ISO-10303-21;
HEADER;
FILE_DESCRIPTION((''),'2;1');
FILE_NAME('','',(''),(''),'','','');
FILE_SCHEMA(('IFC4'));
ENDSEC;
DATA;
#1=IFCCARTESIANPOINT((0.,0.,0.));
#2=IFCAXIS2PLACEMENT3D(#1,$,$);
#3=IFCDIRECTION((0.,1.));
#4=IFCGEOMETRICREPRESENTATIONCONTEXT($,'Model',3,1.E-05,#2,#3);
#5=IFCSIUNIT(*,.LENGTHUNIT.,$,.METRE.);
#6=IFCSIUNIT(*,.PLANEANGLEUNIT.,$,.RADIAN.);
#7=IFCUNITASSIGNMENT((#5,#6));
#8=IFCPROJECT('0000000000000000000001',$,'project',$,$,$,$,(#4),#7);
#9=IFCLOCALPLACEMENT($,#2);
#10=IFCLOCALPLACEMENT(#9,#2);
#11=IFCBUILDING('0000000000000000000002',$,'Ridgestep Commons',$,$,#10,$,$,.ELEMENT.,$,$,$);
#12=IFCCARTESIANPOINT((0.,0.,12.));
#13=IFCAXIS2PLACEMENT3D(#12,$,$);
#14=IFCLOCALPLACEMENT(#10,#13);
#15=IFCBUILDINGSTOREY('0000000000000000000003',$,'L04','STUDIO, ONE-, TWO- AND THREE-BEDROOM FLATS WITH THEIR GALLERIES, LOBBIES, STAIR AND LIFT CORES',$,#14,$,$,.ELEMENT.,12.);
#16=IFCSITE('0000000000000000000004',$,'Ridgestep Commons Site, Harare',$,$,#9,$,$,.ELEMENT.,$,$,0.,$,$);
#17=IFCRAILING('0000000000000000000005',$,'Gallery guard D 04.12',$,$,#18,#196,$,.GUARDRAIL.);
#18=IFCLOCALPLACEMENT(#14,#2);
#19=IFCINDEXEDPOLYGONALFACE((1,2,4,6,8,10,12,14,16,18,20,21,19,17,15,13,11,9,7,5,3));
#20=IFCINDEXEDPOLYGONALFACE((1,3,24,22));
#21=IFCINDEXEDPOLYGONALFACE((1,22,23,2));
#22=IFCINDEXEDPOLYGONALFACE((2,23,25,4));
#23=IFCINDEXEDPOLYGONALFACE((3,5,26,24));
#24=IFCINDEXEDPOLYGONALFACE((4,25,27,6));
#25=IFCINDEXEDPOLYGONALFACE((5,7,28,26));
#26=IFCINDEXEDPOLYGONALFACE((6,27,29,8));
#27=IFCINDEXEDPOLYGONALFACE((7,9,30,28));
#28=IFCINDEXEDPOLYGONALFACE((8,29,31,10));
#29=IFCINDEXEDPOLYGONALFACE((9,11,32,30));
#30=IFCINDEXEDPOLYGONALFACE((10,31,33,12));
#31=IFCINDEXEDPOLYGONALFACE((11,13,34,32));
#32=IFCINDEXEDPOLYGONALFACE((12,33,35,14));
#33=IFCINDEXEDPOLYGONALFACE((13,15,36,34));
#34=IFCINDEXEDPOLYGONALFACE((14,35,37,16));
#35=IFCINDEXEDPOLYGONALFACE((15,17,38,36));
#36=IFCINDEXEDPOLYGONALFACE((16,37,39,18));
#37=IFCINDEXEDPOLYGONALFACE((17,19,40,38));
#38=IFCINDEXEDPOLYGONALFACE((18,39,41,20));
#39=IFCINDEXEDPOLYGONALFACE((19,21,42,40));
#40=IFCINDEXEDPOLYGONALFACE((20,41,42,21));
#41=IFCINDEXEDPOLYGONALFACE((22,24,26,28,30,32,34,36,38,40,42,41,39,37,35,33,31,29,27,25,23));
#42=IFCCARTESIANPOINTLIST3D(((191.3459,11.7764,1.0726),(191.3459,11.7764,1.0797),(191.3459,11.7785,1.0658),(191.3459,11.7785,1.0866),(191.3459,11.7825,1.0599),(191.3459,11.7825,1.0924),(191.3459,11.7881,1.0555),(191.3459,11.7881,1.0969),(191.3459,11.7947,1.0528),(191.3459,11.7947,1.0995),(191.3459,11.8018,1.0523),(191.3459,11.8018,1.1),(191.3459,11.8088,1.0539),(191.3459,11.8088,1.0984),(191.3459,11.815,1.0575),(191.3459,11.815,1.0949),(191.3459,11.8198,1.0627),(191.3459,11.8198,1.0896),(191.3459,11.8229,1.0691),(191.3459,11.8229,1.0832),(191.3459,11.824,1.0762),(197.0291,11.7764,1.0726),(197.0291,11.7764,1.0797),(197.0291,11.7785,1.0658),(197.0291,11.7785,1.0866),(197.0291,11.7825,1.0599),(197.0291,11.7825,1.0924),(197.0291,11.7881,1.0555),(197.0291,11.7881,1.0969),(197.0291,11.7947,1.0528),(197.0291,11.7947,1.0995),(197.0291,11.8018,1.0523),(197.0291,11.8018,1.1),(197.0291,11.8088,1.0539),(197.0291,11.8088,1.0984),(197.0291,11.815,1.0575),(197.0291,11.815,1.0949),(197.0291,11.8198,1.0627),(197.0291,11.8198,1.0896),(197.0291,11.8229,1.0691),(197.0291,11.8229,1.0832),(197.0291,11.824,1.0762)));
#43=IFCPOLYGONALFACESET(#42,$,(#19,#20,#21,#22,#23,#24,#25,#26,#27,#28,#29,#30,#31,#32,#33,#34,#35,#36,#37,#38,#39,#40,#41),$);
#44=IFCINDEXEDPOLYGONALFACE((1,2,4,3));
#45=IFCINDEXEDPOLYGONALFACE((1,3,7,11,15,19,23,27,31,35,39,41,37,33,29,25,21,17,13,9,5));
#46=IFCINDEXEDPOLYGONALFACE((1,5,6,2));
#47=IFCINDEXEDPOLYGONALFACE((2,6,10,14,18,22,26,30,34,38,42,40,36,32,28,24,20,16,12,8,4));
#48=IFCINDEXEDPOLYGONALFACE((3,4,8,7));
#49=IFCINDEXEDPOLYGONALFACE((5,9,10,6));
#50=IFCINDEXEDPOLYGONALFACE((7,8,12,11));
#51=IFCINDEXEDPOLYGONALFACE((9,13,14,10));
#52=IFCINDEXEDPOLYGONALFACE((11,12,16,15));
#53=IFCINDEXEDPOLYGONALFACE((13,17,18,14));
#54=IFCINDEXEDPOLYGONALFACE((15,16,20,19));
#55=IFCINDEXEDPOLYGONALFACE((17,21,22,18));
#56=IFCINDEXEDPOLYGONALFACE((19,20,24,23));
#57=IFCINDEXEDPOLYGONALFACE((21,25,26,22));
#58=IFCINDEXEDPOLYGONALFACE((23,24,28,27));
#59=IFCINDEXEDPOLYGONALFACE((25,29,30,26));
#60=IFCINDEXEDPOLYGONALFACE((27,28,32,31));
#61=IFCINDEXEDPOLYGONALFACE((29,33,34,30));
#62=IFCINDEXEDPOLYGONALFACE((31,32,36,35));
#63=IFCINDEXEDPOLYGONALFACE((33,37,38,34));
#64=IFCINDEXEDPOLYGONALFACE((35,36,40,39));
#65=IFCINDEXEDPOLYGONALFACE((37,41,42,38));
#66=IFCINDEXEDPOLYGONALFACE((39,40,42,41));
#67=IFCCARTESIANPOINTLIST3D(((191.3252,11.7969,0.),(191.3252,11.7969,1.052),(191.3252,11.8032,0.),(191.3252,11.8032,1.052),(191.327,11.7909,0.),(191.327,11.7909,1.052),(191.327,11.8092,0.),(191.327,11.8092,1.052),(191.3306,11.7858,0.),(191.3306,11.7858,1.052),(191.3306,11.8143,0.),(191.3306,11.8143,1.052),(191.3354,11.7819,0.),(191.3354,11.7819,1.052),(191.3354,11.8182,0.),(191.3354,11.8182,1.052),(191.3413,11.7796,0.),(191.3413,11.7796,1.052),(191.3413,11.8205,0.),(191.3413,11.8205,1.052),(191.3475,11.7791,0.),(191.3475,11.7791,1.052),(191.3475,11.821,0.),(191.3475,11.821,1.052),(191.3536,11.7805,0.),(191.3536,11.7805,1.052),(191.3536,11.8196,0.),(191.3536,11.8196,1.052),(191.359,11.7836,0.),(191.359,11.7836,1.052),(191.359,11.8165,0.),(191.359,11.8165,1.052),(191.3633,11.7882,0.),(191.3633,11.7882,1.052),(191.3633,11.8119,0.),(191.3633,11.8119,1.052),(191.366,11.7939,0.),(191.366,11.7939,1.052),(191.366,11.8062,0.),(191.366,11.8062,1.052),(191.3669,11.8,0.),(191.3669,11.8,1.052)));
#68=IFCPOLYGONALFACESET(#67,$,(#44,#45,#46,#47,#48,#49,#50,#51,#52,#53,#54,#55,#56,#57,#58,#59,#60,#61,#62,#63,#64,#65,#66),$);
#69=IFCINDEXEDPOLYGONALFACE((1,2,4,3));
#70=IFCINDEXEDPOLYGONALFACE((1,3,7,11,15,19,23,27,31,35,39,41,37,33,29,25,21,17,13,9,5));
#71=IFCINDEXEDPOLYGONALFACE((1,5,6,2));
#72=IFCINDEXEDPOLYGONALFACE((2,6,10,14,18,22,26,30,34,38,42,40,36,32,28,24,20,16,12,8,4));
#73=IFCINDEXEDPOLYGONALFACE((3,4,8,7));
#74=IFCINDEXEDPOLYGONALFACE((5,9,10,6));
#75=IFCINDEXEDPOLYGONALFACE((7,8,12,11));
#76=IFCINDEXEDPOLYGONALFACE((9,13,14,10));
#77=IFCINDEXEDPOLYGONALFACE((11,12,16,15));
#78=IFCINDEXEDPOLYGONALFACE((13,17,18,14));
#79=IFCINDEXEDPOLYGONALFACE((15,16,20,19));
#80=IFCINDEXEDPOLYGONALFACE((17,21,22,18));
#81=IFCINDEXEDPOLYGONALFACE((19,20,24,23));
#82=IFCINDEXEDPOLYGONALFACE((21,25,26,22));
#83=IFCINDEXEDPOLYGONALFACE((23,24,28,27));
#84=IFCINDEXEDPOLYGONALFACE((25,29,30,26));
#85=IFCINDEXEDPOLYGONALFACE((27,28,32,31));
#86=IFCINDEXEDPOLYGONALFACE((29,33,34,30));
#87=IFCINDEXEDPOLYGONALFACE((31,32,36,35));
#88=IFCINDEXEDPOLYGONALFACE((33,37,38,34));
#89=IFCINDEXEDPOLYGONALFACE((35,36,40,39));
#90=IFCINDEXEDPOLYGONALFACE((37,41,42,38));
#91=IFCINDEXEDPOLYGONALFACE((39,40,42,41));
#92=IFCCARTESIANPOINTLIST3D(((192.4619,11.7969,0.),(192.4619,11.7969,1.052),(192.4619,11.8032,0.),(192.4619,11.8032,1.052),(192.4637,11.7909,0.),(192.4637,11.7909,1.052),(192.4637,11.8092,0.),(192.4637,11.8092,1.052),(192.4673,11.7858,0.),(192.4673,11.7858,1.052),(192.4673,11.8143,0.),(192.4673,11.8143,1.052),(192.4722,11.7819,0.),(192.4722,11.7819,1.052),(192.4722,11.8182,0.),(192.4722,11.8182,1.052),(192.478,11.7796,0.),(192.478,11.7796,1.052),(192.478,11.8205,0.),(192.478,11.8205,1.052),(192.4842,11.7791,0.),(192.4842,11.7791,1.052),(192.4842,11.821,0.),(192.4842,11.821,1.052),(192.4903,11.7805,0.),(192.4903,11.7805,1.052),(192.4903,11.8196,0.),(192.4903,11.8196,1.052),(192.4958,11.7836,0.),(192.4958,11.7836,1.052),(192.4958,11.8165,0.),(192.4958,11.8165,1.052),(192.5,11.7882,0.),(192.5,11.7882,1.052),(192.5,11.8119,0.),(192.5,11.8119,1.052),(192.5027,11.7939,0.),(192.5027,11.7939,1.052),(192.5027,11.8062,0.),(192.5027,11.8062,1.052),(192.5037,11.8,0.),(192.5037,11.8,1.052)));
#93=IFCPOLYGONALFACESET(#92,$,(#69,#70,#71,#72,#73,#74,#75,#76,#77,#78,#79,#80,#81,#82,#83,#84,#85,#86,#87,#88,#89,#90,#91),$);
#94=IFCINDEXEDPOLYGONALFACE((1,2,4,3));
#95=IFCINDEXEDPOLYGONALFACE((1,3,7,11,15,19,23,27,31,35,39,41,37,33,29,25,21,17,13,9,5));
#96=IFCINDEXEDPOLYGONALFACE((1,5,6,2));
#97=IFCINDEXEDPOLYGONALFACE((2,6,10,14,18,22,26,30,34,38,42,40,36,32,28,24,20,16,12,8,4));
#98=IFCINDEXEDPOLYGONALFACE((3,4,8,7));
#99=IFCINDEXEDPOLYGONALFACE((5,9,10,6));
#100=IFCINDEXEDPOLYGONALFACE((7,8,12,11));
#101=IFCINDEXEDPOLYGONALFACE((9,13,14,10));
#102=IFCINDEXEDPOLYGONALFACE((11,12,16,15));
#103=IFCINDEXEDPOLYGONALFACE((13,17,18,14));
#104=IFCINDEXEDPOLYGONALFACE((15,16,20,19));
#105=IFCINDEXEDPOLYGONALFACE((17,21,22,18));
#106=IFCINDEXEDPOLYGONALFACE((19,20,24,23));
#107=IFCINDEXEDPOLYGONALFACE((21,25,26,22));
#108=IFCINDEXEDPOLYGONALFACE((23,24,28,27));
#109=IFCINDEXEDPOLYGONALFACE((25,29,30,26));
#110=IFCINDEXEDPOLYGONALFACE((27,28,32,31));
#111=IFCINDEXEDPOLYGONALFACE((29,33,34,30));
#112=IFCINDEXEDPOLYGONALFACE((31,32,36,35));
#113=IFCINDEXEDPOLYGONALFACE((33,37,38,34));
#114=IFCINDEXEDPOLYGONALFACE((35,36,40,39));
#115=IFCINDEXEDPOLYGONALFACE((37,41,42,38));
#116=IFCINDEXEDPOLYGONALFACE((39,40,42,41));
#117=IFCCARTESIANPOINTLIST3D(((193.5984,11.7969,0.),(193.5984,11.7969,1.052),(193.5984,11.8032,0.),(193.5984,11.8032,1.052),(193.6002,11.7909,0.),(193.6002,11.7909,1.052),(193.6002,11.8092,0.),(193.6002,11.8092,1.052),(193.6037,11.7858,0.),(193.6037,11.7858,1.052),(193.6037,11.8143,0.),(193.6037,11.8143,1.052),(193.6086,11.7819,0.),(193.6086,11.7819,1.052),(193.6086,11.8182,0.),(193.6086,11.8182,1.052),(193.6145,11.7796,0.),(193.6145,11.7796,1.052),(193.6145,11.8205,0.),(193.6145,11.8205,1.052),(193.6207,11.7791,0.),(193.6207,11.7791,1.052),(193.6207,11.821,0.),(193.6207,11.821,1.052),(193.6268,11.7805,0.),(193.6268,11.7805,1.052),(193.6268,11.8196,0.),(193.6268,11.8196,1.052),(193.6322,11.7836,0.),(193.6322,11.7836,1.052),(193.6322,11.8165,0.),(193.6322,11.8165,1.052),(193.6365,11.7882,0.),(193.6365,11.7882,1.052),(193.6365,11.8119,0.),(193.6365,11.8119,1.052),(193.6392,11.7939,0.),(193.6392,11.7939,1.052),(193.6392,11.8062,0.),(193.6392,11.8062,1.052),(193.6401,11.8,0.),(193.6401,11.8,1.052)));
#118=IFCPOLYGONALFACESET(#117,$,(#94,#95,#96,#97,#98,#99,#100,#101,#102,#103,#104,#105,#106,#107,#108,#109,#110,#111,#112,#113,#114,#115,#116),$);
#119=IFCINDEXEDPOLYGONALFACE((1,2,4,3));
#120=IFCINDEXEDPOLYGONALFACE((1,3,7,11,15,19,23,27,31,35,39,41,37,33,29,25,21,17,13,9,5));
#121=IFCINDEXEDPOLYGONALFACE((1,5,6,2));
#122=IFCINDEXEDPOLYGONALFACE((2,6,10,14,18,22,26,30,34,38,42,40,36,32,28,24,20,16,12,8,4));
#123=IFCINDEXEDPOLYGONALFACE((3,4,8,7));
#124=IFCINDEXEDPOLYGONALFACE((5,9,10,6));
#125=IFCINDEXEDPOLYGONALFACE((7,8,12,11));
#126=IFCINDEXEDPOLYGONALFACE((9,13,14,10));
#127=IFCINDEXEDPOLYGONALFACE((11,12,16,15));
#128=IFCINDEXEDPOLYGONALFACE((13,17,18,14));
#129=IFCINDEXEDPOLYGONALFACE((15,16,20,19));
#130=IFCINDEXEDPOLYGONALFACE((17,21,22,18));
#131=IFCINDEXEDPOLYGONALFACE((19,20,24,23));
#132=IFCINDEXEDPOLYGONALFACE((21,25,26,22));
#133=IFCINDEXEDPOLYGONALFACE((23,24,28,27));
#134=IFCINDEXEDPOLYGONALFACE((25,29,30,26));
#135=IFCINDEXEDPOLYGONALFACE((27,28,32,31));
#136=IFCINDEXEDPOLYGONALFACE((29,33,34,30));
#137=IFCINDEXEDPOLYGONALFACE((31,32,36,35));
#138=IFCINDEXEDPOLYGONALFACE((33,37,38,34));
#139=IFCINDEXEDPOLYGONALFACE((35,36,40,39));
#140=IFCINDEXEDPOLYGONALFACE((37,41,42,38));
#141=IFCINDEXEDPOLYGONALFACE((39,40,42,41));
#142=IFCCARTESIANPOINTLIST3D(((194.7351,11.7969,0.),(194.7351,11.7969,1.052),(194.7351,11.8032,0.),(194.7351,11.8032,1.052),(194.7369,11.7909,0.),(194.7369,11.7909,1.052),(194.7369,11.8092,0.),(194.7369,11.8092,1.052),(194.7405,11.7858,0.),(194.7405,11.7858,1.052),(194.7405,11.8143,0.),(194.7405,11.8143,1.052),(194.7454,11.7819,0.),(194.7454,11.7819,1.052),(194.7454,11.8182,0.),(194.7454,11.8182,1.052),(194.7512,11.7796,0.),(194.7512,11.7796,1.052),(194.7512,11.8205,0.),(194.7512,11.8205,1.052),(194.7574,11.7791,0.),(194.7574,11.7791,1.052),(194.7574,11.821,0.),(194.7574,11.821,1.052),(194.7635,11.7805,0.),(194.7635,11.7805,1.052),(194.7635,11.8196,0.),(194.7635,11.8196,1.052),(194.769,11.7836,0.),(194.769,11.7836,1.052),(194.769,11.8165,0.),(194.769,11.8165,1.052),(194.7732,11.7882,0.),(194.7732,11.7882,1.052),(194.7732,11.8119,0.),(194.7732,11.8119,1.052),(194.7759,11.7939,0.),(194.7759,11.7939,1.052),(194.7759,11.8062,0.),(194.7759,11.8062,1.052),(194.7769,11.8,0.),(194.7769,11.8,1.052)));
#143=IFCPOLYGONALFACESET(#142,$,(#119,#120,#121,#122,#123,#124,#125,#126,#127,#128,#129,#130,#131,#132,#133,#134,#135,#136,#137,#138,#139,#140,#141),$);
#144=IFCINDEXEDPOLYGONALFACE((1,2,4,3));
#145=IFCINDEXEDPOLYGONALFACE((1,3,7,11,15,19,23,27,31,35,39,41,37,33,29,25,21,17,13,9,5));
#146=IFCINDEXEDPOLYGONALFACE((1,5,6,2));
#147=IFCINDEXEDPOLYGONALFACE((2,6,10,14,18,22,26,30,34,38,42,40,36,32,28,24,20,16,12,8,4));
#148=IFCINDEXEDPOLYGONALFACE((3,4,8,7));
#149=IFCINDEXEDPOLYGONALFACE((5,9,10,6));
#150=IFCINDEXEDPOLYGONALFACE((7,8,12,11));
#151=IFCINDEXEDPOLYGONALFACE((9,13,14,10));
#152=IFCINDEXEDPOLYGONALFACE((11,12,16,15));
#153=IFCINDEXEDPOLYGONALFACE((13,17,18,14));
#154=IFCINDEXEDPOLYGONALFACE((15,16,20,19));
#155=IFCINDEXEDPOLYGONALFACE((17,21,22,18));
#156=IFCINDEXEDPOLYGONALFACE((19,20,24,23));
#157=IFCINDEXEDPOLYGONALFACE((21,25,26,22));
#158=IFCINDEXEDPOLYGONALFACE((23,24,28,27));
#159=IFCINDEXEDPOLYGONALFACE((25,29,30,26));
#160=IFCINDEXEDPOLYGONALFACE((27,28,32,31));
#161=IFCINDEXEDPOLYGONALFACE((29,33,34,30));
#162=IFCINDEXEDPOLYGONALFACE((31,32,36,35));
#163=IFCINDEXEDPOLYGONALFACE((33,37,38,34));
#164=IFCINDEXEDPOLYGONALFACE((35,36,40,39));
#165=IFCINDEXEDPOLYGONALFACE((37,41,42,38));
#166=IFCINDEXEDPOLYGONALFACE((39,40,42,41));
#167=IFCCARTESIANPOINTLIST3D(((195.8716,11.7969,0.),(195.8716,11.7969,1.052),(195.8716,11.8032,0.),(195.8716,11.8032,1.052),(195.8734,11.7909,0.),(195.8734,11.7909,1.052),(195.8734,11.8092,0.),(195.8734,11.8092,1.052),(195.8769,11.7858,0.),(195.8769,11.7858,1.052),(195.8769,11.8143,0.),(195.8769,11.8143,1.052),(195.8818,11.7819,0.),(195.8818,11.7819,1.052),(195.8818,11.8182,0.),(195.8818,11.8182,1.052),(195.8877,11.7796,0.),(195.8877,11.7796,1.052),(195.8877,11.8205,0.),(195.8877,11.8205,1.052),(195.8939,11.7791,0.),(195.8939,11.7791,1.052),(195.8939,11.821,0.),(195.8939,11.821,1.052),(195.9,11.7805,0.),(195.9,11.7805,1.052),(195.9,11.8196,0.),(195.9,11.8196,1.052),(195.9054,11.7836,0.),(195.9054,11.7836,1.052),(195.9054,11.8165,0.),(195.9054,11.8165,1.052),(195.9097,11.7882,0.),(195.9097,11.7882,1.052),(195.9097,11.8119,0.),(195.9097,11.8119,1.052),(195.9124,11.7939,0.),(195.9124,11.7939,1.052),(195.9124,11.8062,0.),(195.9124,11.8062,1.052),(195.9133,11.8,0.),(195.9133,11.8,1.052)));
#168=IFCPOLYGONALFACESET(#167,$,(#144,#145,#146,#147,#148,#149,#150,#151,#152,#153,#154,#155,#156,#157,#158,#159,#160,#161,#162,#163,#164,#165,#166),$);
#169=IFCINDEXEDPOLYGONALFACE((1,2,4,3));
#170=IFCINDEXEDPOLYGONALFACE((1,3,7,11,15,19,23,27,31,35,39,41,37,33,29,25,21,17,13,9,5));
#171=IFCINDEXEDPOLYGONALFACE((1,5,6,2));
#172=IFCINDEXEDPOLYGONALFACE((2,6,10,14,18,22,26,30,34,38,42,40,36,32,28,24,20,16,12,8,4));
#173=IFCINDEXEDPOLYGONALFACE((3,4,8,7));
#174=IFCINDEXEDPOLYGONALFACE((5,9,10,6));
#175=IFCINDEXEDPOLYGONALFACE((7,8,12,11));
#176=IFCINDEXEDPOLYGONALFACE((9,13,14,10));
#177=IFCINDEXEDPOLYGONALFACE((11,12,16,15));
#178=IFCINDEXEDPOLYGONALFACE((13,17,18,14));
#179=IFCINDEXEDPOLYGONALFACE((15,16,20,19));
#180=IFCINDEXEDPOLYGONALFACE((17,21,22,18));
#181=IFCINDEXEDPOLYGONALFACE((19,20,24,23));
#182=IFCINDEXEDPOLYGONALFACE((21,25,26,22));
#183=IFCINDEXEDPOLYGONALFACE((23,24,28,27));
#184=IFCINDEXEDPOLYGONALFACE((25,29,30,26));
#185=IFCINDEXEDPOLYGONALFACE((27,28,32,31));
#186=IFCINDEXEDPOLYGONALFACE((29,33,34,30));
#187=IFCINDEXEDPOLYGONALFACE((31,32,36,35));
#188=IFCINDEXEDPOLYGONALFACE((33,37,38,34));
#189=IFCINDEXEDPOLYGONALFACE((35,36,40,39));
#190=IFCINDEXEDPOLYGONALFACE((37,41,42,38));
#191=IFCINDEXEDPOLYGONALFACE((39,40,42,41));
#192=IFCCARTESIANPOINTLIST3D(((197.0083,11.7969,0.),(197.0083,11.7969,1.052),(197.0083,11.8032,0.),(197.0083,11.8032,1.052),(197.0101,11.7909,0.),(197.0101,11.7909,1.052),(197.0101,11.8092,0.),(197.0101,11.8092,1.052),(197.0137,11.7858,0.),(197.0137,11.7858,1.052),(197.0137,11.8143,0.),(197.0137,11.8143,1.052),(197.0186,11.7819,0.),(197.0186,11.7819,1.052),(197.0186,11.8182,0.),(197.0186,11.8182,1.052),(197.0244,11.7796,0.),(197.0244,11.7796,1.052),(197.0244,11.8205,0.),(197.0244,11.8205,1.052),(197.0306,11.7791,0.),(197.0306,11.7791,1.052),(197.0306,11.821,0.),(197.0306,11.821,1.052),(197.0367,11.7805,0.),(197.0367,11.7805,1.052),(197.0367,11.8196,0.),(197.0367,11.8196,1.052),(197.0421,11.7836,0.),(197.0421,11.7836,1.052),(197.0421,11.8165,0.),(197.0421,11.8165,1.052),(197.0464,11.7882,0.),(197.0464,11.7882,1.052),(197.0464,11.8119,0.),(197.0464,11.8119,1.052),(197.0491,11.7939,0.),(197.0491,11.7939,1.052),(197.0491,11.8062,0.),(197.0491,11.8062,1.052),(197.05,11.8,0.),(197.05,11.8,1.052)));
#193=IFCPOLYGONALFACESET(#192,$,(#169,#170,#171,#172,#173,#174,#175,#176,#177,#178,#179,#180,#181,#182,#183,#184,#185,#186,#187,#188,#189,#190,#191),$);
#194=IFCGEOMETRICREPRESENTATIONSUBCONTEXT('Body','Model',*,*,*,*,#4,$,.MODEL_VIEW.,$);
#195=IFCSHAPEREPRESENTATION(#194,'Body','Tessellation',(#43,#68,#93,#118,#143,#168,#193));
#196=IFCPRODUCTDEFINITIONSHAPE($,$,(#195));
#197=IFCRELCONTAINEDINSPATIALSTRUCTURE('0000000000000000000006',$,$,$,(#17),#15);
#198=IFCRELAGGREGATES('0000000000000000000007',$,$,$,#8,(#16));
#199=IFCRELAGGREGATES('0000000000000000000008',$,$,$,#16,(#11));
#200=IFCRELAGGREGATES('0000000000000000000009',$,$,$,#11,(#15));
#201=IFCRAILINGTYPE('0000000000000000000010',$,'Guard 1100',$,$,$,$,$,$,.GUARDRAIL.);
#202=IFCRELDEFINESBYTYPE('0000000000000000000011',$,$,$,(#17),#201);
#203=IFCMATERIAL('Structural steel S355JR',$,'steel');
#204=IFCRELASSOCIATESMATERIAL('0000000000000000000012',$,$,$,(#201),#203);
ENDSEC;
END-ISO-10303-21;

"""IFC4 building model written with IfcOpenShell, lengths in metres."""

from ifc_helpers import new_model, si_unit, direction, frame, origin, origin_2d, place, context, subcontext, project, spatial, circle, extrude, material, type_object, element, save


model = new_model("IFC4")

# Units and contexts
model_context = context("Model", 3, precision=1e-05, world=origin(), true_north=direction((0.0, 1.0)))
body_context = subcontext(model_context, "Body", "Model", "MODEL_VIEW")
ifc_project = project(units=[si_unit("LENGTHUNIT", "METRE"), si_unit("PLANEANGLEUNIT", "RADIAN")], contexts=[model_context])

# Site, building, storey
site_placement = place(None, origin())
site = spatial("IfcSite", under=ifc_project, at=site_placement, Name="Ridgestep Commons Site, Harare", CompositionType="ELEMENT", RefElevation=0.0)
building_placement = place(site_placement, origin())
building = spatial("IfcBuilding", under=site, at=building_placement, Name="Ridgestep Commons", CompositionType="ELEMENT")
storey_placement = place(building_placement, frame((0.0, 0.0, 12.0)))
storey = spatial("IfcBuildingStorey", under=building, at=storey_placement, Name="L04", Description="STUDIO, ONE-, TWO- AND THREE-BEDROOM FLATS WITH THEIR GALLERIES, LOBBIES, STAIR AND LIFT CORES", CompositionType="ELEMENT", Elevation=12.0)

# Railing
ifc_material_1 = material(Name="Structural steel S355JR", Category="steel")
railing_type_1 = type_object("IfcRailingType", Name="Guard 1100", PredefinedType="GUARDRAIL", material=ifc_material_1)
railing_1_placement = place(storey_placement, frame((191.3459, 11.8, 0.0)))
element("IfcRailing", 1, at=railing_1_placement, inside=storey, type_object=railing_type_1, Name="Gallery guard D 04.12", PredefinedType="GUARDRAIL", context=body_context, shape_type="SweptSolid", body=[
    extrude(circle(Radius=0.0239, at=origin_2d()), frame((0.0, 0.0, 1.0762), z_axis=(1.0, 0.0, 0.0), x_axis=(0.0, 1.0, 0.0)), (0.0, 0.0, 1.0), 5.6831),
    extrude(circle(Radius=0.021, at=origin_2d()), origin(), (0.0, 0.0, 1.0), 1.052),
    extrude(circle(Radius=0.021, at=origin_2d()), frame((1.1367, 0.0, 0.0)), (0.0, 0.0, 1.0), 1.052),
    extrude(circle(Radius=0.021, at=origin_2d()), frame((2.2732, 0.0, 0.0)), (0.0, 0.0, 1.0), 1.052),
    extrude(circle(Radius=0.021, at=origin_2d()), frame((3.4099, 0.0, 0.0)), (0.0, 0.0, 1.0), 1.052),
    extrude(circle(Radius=0.021, at=origin_2d()), frame((4.5464, 0.0, 0.0)), (0.0, 0.0, 1.0), 1.052),
    extrude(circle(Radius=0.021, at=origin_2d()), frame((5.6831, 0.0, 0.0)), (0.0, 0.0, 1.0), 1.052),
])

save(model, "model.ifc")
